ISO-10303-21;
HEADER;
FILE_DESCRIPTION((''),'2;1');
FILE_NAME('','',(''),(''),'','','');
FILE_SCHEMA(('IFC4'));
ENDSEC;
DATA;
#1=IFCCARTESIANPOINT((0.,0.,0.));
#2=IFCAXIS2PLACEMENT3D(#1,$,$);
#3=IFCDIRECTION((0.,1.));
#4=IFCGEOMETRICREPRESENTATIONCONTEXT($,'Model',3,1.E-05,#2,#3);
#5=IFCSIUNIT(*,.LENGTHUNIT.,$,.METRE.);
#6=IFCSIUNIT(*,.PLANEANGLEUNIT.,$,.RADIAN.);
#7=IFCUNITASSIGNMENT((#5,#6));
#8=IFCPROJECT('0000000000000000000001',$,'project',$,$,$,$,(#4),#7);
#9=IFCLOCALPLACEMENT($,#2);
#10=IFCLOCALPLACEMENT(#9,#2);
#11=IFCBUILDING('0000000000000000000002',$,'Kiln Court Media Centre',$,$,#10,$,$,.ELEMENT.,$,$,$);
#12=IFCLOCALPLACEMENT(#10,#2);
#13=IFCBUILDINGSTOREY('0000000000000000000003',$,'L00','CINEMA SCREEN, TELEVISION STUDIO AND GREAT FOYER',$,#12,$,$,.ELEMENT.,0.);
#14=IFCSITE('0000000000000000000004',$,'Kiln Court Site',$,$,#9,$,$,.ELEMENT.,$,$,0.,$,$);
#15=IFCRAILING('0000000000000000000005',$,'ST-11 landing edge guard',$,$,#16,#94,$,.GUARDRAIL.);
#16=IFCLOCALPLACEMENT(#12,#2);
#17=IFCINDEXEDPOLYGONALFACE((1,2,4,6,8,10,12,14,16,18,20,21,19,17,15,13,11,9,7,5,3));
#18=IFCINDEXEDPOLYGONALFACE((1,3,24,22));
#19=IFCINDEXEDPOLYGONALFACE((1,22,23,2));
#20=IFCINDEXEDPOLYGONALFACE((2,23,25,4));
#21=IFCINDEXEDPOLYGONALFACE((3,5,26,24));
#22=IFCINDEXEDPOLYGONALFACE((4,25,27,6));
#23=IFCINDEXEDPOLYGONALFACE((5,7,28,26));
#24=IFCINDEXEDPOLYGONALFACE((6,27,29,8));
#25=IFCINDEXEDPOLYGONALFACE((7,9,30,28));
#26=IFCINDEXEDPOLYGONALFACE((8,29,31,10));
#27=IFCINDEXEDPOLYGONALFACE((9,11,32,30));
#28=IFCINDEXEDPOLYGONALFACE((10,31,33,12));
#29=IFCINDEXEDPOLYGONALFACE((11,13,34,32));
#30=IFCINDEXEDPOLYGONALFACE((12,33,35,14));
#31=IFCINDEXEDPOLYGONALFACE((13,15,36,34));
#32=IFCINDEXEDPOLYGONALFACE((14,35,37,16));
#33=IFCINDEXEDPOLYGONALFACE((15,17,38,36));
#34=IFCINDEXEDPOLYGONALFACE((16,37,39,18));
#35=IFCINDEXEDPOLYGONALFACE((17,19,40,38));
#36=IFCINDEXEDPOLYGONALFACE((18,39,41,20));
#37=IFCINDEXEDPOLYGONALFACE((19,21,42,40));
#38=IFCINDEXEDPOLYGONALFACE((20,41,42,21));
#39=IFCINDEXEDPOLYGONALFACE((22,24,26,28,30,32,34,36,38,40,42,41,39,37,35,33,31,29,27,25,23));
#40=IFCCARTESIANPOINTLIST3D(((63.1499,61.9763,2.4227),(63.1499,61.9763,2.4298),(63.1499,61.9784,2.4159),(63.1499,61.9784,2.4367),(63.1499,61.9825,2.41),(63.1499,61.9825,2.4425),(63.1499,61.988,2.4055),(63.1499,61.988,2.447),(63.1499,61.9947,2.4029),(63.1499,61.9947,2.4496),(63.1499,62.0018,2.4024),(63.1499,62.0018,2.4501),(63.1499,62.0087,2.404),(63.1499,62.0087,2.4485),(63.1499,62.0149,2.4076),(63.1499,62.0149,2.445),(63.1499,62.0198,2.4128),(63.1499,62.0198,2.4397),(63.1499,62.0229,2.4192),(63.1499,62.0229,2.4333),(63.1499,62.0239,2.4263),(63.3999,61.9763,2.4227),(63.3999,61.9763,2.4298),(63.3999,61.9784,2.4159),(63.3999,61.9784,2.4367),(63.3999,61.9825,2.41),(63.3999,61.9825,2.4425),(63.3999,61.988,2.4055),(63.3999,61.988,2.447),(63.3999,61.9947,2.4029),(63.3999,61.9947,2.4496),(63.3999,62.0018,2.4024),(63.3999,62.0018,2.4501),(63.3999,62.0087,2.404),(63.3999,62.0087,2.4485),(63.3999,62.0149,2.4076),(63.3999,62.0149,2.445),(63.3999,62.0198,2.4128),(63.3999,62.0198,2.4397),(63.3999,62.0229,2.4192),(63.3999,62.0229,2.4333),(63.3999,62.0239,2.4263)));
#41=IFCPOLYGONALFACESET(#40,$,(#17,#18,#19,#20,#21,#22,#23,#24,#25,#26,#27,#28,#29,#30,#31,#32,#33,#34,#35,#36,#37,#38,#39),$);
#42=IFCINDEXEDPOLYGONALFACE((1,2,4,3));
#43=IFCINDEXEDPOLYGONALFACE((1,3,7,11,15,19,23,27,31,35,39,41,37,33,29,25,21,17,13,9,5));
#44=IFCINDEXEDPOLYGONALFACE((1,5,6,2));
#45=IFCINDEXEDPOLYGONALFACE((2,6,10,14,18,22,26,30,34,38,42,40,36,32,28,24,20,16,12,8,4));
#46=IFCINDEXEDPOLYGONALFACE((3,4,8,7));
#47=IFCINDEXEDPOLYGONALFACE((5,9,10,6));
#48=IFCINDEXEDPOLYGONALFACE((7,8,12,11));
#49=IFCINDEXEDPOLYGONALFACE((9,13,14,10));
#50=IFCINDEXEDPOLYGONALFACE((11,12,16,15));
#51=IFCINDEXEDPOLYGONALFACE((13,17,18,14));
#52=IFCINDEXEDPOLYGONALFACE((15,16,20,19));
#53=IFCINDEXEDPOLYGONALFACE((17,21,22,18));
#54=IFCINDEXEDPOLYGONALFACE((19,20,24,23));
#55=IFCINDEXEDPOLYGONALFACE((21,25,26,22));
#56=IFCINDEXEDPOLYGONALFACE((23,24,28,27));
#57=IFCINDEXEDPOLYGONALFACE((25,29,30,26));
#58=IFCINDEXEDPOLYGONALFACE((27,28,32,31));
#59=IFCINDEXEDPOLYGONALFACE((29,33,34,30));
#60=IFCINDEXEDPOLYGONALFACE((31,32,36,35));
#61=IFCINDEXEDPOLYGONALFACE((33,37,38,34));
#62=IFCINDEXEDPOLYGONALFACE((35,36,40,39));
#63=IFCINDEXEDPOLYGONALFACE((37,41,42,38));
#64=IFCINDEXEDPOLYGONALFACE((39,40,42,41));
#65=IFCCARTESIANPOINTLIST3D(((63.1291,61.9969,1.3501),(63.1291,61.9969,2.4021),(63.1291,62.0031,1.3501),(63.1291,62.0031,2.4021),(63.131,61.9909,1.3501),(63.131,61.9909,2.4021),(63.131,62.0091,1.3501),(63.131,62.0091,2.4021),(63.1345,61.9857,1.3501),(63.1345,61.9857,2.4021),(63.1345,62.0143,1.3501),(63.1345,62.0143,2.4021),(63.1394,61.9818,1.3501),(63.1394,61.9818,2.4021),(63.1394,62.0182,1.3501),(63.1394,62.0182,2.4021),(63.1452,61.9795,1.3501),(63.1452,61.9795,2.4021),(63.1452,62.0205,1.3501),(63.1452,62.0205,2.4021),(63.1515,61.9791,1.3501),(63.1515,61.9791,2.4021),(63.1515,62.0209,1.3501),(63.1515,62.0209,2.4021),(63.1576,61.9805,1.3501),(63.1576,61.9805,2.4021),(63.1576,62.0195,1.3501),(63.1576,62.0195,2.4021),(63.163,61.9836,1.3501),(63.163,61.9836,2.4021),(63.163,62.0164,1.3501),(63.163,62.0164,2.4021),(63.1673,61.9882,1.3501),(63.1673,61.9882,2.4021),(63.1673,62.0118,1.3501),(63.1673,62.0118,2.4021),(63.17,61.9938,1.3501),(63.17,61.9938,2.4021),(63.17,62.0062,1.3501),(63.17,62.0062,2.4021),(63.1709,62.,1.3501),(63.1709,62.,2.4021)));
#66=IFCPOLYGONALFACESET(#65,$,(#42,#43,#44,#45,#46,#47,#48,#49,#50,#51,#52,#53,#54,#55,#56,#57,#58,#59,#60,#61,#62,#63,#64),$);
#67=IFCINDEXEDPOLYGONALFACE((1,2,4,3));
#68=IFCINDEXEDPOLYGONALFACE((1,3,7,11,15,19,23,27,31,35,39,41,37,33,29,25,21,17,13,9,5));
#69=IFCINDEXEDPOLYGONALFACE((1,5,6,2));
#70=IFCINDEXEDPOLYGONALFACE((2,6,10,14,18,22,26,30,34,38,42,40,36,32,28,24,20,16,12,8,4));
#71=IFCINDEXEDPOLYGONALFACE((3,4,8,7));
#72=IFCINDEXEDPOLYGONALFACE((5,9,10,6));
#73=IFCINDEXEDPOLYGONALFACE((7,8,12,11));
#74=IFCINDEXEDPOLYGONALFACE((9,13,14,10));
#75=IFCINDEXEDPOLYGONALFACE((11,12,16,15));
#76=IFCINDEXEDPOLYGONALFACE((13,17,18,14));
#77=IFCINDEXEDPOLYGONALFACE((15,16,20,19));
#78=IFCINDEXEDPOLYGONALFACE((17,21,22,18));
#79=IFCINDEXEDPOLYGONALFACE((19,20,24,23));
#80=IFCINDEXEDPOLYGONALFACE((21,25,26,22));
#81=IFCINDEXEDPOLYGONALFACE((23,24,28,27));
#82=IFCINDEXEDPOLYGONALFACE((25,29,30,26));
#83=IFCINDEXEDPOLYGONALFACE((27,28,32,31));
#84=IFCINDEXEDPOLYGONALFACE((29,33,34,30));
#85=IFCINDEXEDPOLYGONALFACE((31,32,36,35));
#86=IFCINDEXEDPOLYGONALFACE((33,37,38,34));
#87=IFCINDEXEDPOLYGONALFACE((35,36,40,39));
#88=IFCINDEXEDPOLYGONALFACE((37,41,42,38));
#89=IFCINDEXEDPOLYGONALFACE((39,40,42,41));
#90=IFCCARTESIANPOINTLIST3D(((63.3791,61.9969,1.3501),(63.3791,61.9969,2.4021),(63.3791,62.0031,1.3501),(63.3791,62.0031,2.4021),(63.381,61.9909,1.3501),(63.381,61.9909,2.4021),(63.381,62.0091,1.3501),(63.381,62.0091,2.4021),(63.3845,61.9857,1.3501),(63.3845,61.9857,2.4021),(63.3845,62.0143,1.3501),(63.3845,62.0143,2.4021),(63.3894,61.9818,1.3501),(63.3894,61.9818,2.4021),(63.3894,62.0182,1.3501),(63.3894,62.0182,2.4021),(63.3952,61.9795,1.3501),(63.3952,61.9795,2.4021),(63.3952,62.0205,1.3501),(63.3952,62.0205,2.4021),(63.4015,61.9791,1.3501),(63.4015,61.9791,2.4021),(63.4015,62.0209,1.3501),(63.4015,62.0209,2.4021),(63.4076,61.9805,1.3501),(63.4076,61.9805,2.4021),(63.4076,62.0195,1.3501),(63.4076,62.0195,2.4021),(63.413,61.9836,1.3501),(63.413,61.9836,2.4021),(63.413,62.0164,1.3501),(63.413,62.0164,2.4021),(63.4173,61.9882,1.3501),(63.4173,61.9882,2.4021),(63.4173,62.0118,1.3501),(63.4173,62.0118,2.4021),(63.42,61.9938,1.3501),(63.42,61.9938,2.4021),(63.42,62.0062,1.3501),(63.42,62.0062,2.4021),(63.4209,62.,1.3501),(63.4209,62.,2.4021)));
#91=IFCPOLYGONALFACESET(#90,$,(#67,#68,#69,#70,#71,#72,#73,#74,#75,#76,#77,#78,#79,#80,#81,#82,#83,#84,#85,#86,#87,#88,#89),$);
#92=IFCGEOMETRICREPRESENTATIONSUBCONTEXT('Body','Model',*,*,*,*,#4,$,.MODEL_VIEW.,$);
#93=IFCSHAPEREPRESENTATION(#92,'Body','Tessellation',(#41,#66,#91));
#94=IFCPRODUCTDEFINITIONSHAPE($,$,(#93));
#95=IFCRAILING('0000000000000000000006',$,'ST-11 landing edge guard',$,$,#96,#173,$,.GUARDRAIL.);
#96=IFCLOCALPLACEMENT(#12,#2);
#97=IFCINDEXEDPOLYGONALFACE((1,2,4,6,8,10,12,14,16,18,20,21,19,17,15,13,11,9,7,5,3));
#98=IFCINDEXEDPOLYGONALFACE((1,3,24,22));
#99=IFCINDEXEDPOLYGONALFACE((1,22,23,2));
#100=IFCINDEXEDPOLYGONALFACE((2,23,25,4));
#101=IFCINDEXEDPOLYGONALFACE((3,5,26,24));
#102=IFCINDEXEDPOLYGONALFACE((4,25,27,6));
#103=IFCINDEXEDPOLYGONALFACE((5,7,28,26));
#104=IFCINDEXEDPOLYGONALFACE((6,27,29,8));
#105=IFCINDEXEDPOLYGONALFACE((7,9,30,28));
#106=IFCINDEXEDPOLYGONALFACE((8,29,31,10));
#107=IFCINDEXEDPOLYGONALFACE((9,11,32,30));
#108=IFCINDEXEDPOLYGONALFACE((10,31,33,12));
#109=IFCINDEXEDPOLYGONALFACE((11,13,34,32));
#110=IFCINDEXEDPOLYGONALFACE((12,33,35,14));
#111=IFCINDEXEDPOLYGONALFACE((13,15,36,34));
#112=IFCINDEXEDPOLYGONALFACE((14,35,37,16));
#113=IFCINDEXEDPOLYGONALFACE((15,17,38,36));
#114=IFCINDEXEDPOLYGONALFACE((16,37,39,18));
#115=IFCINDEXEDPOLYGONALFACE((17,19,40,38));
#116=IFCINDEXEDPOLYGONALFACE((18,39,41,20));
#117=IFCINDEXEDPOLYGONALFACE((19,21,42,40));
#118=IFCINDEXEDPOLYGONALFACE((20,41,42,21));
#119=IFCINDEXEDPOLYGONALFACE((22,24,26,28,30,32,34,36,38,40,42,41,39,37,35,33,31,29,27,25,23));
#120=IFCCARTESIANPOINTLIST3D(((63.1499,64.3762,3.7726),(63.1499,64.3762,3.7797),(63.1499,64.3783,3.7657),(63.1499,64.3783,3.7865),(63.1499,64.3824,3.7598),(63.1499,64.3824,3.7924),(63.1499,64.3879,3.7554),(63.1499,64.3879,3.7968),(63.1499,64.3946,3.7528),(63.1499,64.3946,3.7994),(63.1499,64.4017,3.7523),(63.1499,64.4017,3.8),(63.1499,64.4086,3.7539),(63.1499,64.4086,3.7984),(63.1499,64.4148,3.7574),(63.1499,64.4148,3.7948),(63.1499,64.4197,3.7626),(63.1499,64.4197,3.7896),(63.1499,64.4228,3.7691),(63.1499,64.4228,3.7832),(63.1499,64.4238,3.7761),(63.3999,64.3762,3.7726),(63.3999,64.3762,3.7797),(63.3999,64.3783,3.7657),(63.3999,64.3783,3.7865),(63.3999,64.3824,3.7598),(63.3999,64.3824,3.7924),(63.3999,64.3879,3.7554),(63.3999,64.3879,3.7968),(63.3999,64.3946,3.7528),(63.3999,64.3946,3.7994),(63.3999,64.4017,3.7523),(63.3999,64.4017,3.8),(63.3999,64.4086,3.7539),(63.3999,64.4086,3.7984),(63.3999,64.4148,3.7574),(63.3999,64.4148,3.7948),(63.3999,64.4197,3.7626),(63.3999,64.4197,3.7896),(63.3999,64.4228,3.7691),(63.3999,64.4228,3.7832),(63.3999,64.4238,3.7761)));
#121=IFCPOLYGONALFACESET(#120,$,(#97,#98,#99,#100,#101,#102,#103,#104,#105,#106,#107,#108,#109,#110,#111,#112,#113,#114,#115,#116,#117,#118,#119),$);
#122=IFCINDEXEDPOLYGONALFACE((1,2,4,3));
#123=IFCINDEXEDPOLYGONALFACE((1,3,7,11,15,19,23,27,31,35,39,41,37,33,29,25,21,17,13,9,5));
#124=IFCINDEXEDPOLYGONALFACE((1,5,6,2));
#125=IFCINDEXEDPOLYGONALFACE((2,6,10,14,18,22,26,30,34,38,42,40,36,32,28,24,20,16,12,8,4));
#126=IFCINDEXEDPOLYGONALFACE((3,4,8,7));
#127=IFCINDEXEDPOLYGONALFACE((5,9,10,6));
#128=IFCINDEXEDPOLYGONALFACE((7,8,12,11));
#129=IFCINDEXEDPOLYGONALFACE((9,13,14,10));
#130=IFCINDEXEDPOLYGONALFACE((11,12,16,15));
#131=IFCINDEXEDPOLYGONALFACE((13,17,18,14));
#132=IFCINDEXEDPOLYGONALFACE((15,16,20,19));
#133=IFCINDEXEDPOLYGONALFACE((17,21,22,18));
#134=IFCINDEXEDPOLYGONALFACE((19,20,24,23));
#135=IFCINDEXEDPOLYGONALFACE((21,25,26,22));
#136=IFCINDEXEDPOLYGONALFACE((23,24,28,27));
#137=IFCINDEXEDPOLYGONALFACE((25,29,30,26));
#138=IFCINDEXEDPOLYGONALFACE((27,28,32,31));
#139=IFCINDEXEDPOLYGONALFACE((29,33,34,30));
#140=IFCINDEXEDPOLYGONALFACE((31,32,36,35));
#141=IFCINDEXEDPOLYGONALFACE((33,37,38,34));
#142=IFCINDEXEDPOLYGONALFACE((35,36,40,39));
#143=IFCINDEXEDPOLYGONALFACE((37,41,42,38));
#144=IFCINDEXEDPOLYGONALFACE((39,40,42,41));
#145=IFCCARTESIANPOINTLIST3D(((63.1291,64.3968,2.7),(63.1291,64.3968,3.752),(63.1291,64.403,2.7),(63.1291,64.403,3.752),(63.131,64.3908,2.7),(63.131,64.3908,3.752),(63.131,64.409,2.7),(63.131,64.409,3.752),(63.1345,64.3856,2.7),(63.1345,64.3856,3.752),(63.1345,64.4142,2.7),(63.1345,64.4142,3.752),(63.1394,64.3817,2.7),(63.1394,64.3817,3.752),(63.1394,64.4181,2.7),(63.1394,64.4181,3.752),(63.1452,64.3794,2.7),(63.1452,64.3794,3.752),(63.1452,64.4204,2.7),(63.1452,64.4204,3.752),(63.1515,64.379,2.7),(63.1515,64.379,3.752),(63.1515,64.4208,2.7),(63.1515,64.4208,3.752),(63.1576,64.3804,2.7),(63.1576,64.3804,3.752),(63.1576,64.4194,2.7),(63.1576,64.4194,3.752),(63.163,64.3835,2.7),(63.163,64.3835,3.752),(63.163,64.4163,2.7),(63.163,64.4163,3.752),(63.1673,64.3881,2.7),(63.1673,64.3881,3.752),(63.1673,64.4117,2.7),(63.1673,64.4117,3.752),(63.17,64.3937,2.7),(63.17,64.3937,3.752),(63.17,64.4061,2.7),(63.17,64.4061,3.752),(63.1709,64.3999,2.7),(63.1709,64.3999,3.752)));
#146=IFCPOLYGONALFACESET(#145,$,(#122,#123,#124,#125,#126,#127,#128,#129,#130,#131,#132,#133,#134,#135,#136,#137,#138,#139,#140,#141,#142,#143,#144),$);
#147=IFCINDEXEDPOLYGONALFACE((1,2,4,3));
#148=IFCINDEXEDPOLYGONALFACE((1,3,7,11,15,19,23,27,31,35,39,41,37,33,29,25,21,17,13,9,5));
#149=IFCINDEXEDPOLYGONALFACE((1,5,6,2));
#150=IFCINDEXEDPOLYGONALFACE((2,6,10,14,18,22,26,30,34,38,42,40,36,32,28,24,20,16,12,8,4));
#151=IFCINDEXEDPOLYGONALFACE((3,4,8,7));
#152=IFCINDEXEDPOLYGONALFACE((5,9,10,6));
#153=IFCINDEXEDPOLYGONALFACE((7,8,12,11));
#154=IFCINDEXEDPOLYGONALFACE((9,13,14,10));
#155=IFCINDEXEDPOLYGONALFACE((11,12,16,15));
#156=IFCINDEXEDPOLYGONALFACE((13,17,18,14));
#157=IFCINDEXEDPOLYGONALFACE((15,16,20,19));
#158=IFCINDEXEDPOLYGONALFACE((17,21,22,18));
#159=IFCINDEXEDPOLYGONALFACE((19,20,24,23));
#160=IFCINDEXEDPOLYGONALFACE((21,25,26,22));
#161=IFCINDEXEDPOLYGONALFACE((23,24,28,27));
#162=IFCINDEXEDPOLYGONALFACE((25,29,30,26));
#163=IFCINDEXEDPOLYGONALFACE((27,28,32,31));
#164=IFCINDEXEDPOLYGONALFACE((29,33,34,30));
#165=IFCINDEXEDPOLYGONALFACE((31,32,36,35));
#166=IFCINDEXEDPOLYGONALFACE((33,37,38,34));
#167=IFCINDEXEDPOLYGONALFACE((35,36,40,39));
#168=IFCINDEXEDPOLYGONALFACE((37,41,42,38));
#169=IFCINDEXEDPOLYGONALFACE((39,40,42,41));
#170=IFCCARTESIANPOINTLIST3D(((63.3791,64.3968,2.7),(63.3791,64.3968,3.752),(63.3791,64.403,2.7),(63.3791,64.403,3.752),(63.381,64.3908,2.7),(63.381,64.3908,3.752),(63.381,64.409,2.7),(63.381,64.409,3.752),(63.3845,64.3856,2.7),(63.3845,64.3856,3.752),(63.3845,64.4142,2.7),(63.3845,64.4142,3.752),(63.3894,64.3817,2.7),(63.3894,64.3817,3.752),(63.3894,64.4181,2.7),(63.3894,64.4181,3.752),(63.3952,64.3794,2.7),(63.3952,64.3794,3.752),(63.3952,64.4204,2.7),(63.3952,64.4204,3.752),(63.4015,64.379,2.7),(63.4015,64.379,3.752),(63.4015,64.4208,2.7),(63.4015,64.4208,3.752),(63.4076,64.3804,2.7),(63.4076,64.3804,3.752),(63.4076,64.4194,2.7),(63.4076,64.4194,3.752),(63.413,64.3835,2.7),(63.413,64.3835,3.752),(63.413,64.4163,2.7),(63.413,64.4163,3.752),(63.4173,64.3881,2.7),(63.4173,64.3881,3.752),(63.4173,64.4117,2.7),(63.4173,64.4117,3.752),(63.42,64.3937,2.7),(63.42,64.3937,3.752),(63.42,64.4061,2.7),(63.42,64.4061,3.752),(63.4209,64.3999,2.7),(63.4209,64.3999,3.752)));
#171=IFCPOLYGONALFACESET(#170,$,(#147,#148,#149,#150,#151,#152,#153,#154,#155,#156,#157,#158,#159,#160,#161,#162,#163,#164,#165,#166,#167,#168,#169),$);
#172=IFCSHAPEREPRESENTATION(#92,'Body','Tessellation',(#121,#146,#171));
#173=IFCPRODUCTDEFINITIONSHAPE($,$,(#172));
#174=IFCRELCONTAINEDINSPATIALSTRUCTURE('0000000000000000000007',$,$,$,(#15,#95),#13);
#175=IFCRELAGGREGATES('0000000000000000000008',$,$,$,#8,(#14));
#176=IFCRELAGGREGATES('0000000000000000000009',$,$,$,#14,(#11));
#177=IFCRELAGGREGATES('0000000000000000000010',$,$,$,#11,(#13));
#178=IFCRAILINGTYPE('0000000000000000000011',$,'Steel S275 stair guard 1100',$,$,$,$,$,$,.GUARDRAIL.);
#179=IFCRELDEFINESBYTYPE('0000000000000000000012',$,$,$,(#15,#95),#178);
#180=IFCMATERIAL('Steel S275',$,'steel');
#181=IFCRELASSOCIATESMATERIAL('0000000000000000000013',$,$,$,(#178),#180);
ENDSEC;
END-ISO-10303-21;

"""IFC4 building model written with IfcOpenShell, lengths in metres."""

from ifc_helpers import new_model, si_unit, direction, frame, origin, origin_2d, place, context, subcontext, project, spatial, circle, extrude, material, type_object, element, save


model = new_model("IFC4")

# Units and contexts
model_context = context("Model", 3, precision=1e-05, world=origin(), true_north=direction((0.0, 1.0)))
body_context = subcontext(model_context, "Body", "Model", "MODEL_VIEW")
ifc_project = project(units=[si_unit("LENGTHUNIT", "METRE"), si_unit("PLANEANGLEUNIT", "RADIAN")], contexts=[model_context])

# Site, building, storey
site_placement = place(None, origin())
site = spatial("IfcSite", under=ifc_project, at=site_placement, Name="Kiln Court Site", CompositionType="ELEMENT", RefElevation=0.0)
building_placement = place(site_placement, origin())
building = spatial("IfcBuilding", under=site, at=building_placement, Name="Kiln Court Media Centre", CompositionType="ELEMENT")
storey_placement = place(building_placement, origin())
storey = spatial("IfcBuildingStorey", under=building, at=storey_placement, Name="L00", Description="CINEMA SCREEN, TELEVISION STUDIO AND GREAT FOYER", CompositionType="ELEMENT", Elevation=0.0)

# Railings
ifc_material_1 = material(Name="Steel S275", Category="steel")
railing_type_1 = type_object("IfcRailingType", Name="Steel S275 stair guard 1100", PredefinedType="GUARDRAIL", material=ifc_material_1)
for number, where, name in (
    (1, (63.1499, 62.0, 1.3501), "ST-11 landing edge guard"),
    (2, (63.1499, 64.3999, 2.7), "ST-11 landing edge guard"),
):
    element("IfcRailing", number, at=place(storey_placement, frame(where)), inside=storey, type_object=railing_type_1, Name=name, PredefinedType="GUARDRAIL", context=body_context, shape_type="SweptSolid", body=[
        extrude(circle(Radius=0.0239, at=origin_2d()), frame((0.0, 0.0, 1.0762), z_axis=(1.0, 0.0, 0.0), x_axis=(0.0, 1.0, 0.0)), (0.0, 0.0, 1.0), 0.25),
        extrude(circle(Radius=0.021, at=origin_2d()), origin(), (0.0, 0.0, 1.0), 1.052),
        extrude(circle(Radius=0.021, at=origin_2d()), frame((0.25, 0.0, 0.0)), (0.0, 0.0, 1.0), 1.052),
    ])

save(model, "model.ifc")
